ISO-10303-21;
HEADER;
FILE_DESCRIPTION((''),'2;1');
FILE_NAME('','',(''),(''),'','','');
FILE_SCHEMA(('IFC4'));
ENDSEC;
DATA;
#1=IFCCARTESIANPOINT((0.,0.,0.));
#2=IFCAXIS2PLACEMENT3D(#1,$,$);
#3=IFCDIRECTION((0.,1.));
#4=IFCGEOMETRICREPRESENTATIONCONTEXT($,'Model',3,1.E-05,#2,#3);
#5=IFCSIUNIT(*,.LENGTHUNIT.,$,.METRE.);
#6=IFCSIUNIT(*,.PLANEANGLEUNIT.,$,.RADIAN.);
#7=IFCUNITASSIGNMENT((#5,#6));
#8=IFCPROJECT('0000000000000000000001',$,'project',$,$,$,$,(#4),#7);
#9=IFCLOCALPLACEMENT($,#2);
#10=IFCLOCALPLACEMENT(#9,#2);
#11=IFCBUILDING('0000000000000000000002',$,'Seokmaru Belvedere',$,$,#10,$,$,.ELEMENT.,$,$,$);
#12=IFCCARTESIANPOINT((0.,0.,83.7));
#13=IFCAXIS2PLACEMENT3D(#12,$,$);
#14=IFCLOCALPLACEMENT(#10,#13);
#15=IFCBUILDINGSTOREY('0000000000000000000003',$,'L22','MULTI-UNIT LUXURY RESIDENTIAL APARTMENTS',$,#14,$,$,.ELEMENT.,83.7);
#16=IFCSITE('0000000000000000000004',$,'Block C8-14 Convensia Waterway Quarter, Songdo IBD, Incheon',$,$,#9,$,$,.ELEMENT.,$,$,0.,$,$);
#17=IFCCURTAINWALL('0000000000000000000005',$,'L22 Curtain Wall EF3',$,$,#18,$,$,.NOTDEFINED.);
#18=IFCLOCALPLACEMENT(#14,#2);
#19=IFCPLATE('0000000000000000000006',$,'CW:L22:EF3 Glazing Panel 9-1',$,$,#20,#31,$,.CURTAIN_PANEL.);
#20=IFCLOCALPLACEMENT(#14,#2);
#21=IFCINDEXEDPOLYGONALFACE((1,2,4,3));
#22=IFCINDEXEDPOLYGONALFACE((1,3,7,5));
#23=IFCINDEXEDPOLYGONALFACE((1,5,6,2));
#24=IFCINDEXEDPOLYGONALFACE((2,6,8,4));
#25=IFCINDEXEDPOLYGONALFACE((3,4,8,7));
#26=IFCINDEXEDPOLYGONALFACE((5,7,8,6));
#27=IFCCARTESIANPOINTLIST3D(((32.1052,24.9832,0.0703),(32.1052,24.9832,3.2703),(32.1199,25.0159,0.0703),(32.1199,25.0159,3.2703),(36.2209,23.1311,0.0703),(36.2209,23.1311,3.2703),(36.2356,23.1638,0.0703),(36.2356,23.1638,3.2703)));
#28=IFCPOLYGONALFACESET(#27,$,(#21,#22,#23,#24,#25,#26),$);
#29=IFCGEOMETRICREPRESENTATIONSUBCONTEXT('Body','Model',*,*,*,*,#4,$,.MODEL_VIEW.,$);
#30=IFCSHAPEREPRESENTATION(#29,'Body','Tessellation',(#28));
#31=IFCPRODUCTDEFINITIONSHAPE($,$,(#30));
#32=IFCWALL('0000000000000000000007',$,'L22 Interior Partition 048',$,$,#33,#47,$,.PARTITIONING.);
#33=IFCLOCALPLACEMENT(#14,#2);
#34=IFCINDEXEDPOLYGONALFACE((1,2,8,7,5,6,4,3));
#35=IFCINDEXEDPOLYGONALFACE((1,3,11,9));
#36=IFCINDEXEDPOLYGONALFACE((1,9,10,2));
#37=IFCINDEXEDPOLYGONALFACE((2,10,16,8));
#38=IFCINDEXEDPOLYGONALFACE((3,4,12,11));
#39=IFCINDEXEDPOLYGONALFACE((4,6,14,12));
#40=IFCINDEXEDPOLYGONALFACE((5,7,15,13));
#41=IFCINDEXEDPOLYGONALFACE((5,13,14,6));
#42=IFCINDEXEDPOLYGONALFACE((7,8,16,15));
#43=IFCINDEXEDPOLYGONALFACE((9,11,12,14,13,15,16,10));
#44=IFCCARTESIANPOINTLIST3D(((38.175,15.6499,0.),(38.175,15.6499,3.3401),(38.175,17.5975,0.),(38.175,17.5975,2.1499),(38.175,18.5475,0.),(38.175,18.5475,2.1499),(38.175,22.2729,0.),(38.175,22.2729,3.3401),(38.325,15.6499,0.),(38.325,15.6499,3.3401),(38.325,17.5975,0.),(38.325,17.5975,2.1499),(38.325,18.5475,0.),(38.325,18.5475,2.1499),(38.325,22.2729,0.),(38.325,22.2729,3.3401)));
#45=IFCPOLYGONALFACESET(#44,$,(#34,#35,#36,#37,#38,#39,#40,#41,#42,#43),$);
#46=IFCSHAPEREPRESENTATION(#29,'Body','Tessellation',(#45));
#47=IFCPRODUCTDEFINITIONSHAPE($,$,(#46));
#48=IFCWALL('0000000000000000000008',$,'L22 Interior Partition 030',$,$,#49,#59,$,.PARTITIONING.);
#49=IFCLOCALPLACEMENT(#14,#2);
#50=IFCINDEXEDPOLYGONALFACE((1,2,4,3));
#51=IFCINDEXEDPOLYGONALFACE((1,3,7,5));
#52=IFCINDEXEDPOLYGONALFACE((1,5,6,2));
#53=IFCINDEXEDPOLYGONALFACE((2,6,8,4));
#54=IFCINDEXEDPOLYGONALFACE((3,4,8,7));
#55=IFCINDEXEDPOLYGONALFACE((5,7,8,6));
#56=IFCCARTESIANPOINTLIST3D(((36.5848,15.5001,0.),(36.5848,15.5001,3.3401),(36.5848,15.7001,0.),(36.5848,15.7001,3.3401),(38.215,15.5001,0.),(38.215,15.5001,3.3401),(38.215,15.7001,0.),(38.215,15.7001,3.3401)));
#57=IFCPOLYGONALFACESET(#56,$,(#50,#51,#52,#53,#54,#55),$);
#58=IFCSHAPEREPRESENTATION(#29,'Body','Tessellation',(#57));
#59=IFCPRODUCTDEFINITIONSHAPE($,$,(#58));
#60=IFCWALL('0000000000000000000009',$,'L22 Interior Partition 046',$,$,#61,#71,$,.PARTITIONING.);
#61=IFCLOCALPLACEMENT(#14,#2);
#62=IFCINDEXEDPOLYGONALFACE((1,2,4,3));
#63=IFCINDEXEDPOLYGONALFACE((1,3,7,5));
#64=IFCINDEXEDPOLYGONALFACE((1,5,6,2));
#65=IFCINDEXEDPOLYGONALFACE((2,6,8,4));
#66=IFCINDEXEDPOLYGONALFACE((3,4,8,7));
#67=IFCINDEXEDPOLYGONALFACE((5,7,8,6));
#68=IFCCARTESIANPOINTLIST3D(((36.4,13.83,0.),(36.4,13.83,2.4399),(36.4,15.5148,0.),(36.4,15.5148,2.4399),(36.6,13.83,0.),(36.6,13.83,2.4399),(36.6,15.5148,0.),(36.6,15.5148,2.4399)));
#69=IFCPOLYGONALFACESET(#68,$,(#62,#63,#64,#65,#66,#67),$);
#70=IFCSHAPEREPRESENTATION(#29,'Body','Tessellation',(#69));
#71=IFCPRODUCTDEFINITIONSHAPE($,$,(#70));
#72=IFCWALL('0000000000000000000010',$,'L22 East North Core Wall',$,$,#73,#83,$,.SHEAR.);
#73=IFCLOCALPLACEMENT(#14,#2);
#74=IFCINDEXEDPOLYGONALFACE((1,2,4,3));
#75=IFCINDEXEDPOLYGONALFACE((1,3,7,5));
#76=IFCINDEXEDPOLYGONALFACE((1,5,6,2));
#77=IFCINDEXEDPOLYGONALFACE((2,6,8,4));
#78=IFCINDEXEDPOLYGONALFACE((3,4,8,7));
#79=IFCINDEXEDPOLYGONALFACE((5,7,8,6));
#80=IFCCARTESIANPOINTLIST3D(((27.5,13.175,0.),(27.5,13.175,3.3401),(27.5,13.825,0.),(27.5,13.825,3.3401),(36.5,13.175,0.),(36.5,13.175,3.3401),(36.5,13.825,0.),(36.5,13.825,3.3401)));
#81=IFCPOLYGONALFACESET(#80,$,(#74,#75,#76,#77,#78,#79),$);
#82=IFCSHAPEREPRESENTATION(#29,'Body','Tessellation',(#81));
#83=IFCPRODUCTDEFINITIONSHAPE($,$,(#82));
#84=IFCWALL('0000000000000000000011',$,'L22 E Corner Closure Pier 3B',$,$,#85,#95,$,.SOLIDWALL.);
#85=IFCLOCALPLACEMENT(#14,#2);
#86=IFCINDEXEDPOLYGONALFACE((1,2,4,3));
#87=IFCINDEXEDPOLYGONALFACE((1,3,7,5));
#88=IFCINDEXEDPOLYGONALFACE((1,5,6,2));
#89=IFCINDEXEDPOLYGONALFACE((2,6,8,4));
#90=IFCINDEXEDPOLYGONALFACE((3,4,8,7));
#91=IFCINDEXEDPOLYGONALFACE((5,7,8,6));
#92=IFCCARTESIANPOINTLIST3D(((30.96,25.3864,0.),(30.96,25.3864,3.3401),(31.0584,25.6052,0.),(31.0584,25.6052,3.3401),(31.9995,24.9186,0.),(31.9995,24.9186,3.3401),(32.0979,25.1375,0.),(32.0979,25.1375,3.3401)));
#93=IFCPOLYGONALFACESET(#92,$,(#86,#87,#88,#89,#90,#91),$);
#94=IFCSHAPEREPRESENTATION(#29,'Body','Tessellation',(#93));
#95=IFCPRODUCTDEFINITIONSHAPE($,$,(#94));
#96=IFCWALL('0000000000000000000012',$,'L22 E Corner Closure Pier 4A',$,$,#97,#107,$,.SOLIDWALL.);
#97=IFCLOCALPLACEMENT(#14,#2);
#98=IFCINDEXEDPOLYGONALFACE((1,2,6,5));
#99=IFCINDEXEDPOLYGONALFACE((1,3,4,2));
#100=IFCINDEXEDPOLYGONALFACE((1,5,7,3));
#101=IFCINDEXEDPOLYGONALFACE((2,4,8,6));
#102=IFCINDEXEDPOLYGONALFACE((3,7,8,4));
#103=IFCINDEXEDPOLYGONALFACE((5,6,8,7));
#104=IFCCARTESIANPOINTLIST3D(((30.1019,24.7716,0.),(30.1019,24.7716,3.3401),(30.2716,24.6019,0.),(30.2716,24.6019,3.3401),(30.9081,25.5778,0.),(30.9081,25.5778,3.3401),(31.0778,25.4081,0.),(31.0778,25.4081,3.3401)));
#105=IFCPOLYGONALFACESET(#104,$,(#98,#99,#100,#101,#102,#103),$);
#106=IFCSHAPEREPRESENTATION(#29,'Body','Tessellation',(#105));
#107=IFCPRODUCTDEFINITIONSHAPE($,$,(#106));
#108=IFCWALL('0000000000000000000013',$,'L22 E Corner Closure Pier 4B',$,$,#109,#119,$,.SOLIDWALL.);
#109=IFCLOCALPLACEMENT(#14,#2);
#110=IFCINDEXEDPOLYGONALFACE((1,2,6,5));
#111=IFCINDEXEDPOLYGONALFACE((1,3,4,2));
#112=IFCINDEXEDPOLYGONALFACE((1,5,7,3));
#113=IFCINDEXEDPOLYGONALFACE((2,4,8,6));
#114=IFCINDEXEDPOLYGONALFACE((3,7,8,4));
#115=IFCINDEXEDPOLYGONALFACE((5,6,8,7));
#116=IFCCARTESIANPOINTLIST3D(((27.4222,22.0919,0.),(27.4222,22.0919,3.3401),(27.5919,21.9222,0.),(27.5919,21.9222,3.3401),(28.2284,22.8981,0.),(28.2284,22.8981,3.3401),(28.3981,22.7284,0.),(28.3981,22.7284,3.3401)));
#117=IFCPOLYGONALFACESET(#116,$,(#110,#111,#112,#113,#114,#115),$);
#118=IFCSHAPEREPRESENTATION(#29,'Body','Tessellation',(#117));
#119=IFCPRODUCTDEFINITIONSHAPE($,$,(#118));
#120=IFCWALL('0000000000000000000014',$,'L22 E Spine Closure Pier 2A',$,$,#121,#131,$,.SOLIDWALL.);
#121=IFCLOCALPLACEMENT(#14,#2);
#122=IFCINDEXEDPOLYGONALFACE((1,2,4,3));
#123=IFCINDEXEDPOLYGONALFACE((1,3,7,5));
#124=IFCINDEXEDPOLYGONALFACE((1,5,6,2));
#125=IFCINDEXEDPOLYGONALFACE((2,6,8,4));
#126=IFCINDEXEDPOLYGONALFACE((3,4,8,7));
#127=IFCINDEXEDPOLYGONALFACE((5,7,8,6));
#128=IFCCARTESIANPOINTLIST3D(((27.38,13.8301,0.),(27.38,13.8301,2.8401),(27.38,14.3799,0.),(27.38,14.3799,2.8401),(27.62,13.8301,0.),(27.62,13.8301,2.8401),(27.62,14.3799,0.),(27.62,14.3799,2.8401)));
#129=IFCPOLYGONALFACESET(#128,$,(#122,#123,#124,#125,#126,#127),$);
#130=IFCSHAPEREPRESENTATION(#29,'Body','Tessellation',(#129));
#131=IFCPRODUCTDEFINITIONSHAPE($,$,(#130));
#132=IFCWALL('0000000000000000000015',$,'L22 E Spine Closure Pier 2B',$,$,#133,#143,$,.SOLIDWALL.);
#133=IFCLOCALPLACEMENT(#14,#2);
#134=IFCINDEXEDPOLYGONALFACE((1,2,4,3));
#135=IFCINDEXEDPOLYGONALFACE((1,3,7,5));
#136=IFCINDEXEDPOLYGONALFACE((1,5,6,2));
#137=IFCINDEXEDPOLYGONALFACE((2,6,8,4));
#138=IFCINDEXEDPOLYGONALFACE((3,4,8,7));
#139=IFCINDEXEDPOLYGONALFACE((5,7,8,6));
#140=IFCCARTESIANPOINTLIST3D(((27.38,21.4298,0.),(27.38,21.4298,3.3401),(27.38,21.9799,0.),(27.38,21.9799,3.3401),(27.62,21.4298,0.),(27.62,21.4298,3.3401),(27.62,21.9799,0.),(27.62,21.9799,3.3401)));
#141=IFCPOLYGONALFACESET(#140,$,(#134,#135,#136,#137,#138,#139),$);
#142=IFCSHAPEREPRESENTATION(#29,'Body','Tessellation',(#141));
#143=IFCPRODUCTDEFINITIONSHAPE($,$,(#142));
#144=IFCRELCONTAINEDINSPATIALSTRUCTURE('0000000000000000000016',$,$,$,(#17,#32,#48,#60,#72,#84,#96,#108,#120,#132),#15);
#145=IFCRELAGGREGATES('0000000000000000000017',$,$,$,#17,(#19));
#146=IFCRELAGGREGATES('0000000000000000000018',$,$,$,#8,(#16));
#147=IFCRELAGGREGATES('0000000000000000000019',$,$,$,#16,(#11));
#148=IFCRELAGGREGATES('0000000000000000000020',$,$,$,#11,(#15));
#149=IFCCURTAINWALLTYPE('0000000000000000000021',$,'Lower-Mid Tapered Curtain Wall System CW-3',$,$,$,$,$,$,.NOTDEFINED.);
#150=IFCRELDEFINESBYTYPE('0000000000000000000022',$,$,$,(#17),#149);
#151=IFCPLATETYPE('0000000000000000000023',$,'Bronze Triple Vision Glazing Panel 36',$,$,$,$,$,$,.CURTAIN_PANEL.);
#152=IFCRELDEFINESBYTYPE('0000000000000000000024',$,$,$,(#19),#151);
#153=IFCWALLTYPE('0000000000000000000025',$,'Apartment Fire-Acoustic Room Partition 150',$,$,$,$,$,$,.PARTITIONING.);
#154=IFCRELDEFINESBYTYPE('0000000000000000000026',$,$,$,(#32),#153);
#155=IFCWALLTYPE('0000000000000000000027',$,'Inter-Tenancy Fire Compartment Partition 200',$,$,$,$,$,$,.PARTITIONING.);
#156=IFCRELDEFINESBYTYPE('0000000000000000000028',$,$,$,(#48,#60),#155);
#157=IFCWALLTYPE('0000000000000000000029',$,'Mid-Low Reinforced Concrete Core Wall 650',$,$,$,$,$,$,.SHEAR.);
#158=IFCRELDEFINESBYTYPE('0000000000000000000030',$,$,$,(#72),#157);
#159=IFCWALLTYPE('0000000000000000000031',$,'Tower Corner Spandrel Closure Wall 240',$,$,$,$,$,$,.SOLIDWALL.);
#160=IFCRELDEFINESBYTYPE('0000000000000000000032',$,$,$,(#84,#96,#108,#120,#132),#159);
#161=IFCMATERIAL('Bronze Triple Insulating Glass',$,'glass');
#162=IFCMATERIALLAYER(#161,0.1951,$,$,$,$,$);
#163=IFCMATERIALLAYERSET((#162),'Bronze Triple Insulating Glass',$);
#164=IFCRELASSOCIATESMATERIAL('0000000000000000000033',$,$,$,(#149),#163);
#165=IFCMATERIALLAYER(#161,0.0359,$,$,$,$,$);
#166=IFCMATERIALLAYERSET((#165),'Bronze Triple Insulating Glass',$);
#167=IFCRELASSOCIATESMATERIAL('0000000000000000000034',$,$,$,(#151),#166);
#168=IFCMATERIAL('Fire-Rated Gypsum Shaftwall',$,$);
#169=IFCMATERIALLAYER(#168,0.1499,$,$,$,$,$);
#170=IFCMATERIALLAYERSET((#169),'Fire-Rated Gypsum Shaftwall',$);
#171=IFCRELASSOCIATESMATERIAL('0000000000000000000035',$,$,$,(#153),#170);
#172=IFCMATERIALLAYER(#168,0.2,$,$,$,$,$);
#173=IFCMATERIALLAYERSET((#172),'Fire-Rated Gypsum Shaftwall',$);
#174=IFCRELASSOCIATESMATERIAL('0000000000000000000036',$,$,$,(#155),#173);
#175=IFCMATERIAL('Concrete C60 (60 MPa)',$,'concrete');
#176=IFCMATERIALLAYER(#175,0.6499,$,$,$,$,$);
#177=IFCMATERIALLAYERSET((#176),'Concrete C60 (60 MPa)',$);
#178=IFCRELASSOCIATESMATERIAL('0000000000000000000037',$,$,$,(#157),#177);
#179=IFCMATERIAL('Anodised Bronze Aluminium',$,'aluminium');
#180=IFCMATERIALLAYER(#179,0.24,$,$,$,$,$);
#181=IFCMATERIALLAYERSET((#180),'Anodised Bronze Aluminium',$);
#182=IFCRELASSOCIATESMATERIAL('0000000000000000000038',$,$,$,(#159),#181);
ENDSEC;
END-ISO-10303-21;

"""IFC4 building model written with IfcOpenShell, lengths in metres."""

from ifc_helpers import new_model, si_unit, direction, frame, frame_2d, origin, origin_2d, place, context, subcontext, project, spatial, rectangle, extrude, source, transform, mapped, material, layer, layer_set, type_object, element, aggregate, save


model = new_model("IFC4")

# Units and contexts
model_context = context("Model", 3, precision=1e-05, world=origin(), true_north=direction((0.0, 1.0)))
body_context = subcontext(model_context, "Body", "Model", "MODEL_VIEW")
ifc_project = project(units=[si_unit("LENGTHUNIT", "METRE"), si_unit("PLANEANGLEUNIT", "RADIAN")], contexts=[model_context])

# Site, building, storey
site_placement = place(None, origin())
site = spatial("IfcSite", under=ifc_project, at=site_placement, Name="Block C8-14 Convensia Waterway Quarter, Songdo IBD, Incheon", CompositionType="ELEMENT", RefElevation=0.0)
building_placement = place(site_placement, origin())
building = spatial("IfcBuilding", under=site, at=building_placement, Name="Seokmaru Belvedere", CompositionType="ELEMENT")
storey_placement = place(building_placement, frame((0.0, 0.0, 83.7)))
storey = spatial("IfcBuildingStorey", under=building, at=storey_placement, Name="L22", Description="MULTI-UNIT LUXURY RESIDENTIAL APARTMENTS", CompositionType="ELEMENT", Elevation=83.7)

# Shared definitions
ifc_material_1 = material(Name="Bronze Triple Insulating Glass", Category="glass")
ifc_layer_1 = layer(ifc_material_1, 0.1951)
ifc_layer_set_1 = layer_set([ifc_layer_1], Name="Bronze Triple Insulating Glass")
curtain_wall_type = type_object("IfcCurtainWallType", Name="Lower-Mid Tapered Curtain Wall System CW-3", PredefinedType="NOTDEFINED", material=ifc_layer_set_1)
ifc_material_2 = material(Name="Anodised Bronze Aluminium", Category="aluminium")

# Curtain wall
curtain_wall_1_placement = place(storey_placement, origin())
curtain_wall_1 = element("IfcCurtainWall", 1, at=curtain_wall_1_placement, inside=storey, type_object=curtain_wall_type, Name="L22 Curtain Wall EF3", PredefinedType="NOTDEFINED")

# Plate
ifc_layer_2 = layer(ifc_material_1, 0.0359)
ifc_layer_set_2 = layer_set([ifc_layer_2], Name="Bronze Triple Insulating Glass")
plate_type = type_object("IfcPlateType", Name="Bronze Triple Vision Glazing Panel 36", PredefinedType="CURTAIN_PANEL", material=ifc_layer_set_2)
shared_shape_1 = source(origin(), body_context, "Body", "SweptSolid", [
    extrude(rectangle(XDim=4.5132, YDim=0.0359, at=origin_2d()), origin(), (0.0, 0.0, 1.0), 3.2),
])
plate_1_placement = place(storey_placement, frame((34.1704, 24.0735, 0.0703), z_axis=(0.0, 0.0, 1.0), x_axis=(-0.911921, 0.410366, 0.0)))
plate_1 = element("IfcPlate", 2, at=plate_1_placement, type_object=plate_type, Name="CW:L22:EF3 Glazing Panel 9-1", PredefinedType="CURTAIN_PANEL", context=body_context, shape_type="MappedRepresentation", body=[
    mapped(shared_shape_1, transform((0.0, 0.0, 0.0), scale=1.0)),
])
aggregate(curtain_wall_1, [plate_1])

# Wall, opening
ifc_material_3 = material(Name="Fire-Rated Gypsum Shaftwall")
ifc_layer_3 = layer(ifc_material_3, 0.1499)
ifc_layer_set_3 = layer_set([ifc_layer_3], Name="Fire-Rated Gypsum Shaftwall")
wall_type_1 = type_object("IfcWallType", Name="Apartment Fire-Acoustic Room Partition 150", PredefinedType="PARTITIONING", material=ifc_layer_set_3)
wall_1_placement = place(storey_placement, frame((38.25, 15.6499, 0.0), z_axis=(0.0, 0.0, 1.0), x_axis=(0.0, 1.0, 0.0)))
wall_1 = element("IfcWall", 3, at=wall_1_placement, inside=storey, type_object=wall_type_1, Name="L22 Interior Partition 048", PredefinedType="PARTITIONING", context=body_context, shape_type="SweptSolid", body=[
    extrude(rectangle(XDim=6.623, YDim=0.1499, at=frame_2d((3.3115, 0.0))), origin(), (0.0, 0.0, 1.0), 3.3401),
])
opening_1_placement = place(wall_1_placement, frame((1.9475, 0.0, 0.0)))
element("IfcOpeningElement", 4, at=opening_1_placement, cuts=wall_1, PredefinedType="OPENING", context=body_context, shape_type="SweptSolid", body=[
    extrude(rectangle(XDim=0.95, YDim=2.1499, at=frame_2d((0.4751, 1.075))), frame((0.0, 0.085, 0.0), z_axis=(0.0, -1.0, 0.0), x_axis=(1.0, 0.0, 0.0)), (0.0, 0.0, 1.0), 0.1699),
])

# Walls
ifc_layer_4 = layer(ifc_material_3, 0.2)
ifc_layer_set_4 = layer_set([ifc_layer_4], Name="Fire-Rated Gypsum Shaftwall")
wall_type_2 = type_object("IfcWallType", Name="Inter-Tenancy Fire Compartment Partition 200", PredefinedType="PARTITIONING", material=ifc_layer_set_4)
wall_2_placement = place(storey_placement, frame((36.585, 15.6001, 0.0), z_axis=(0.0, 0.0, 1.0), x_axis=(1.0, 0.0, 0.0)))
element("IfcWall", 5, at=wall_2_placement, inside=storey, type_object=wall_type_2, Name="L22 Interior Partition 030", PredefinedType="PARTITIONING", context=body_context, shape_type="SweptSolid", body=[
    extrude(rectangle(XDim=1.6301, YDim=0.2, at=frame_2d((0.8149, 0.0))), origin(), (0.0, 0.0, 1.0), 3.3401),
])
wall_3_placement = place(storey_placement, frame((36.5, 13.8301, 0.0), z_axis=(0.0, 0.0, 1.0), x_axis=(0.0, 1.0, 0.0)))
element("IfcWall", 6, at=wall_3_placement, inside=storey, type_object=wall_type_2, Name="L22 Interior Partition 046", PredefinedType="PARTITIONING", context=body_context, shape_type="SweptSolid", body=[
    extrude(rectangle(XDim=1.6848, YDim=0.2, at=frame_2d((0.8423, 0.0))), origin(), (0.0, 0.0, 1.0), 2.4399),
])
ifc_material_4 = material(Name="Concrete C60 (60 MPa)", Category="concrete")
ifc_layer_5 = layer(ifc_material_4, 0.6499)
ifc_layer_set_5 = layer_set([ifc_layer_5], Name="Concrete C60 (60 MPa)")
wall_type_3 = type_object("IfcWallType", Name="Mid-Low Reinforced Concrete Core Wall 650", PredefinedType="SHEAR", material=ifc_layer_set_5)
wall_4_placement = place(storey_placement, frame((27.5, 13.5, 0.0), z_axis=(0.0, 0.0, 1.0), x_axis=(1.0, 0.0, 0.0)))
element("IfcWall", 7, at=wall_4_placement, inside=storey, type_object=wall_type_3, Name="L22 East North Core Wall", PredefinedType="SHEAR", context=body_context, shape_type="SweptSolid", body=[
    extrude(rectangle(XDim=9.0, YDim=0.6499, at=frame_2d((4.5, 0.0))), origin(), (0.0, 0.0, 1.0), 3.3401),
])
ifc_layer_6 = layer(ifc_material_2, 0.24)
ifc_layer_set_6 = layer_set([ifc_layer_6], Name="Anodised Bronze Aluminium")
wall_type_4 = type_object("IfcWallType", Name="Tower Corner Spandrel Closure Wall 240", PredefinedType="SOLIDWALL", material=ifc_layer_set_6)
wall_5_placement = place(storey_placement, frame((32.0486, 25.0281, 0.0), z_axis=(0.0, 0.0, 1.0), x_axis=(-0.91193, 0.410347, 0.0)))
element("IfcWall", 8, at=wall_5_placement, inside=storey, type_object=wall_type_4, Name="L22 E Corner Closure Pier 3B", PredefinedType="SOLIDWALL", context=body_context, shape_type="SweptSolid", body=[
    extrude(rectangle(XDim=1.1399, YDim=0.24, at=frame_2d((0.5698, 0.0))), origin(), (0.0, 0.0, 1.0), 3.3401),
])
for number, where, z_axis, x_axis, name in (
    (9, (30.9929, 25.4929, 0.0), (0.0, 0.0, 1.0), (-0.707107, -0.707107, 0.0), "L22 E Corner Closure Pier 4A"),
    (10, (28.3132, 22.8132, 0.0), (0.0, 0.0, 1.0), (-0.707107, -0.707107, 0.0), "L22 E Corner Closure Pier 4B"),
):
    element("IfcWall", number, at=place(storey_placement, frame(where, z_axis=z_axis, x_axis=x_axis)), inside=storey, type_object=wall_type_4, Name=name, PredefinedType="SOLIDWALL", context=body_context, shape_type="SweptSolid", body=[
        extrude(rectangle(XDim=1.1401, YDim=0.24, at=frame_2d((0.5701, 0.0))), origin(), (0.0, 0.0, 1.0), 3.3401),
    ])
wall_6_placement = place(storey_placement, frame((27.5, 13.8301, 0.0), z_axis=(0.0, 0.0, 1.0), x_axis=(0.0, 1.0, 0.0)))
element("IfcWall", 11, at=wall_6_placement, inside=storey, type_object=wall_type_4, Name="L22 E Spine Closure Pier 2A", PredefinedType="SOLIDWALL", context=body_context, shape_type="SweptSolid", body=[
    extrude(rectangle(XDim=0.5498, YDim=0.24, at=frame_2d((0.2749, 0.0))), origin(), (0.0, 0.0, 1.0), 2.8401),
])
wall_7_placement = place(storey_placement, frame((27.5, 21.4299, 0.0), z_axis=(0.0, 0.0, 1.0), x_axis=(0.0, 1.0, 0.0)))
element("IfcWall", 12, at=wall_7_placement, inside=storey, type_object=wall_type_4, Name="L22 E Spine Closure Pier 2B", PredefinedType="SOLIDWALL", context=body_context, shape_type="SweptSolid", body=[
    extrude(rectangle(XDim=0.55, YDim=0.24, at=frame_2d((0.2749, 0.0))), origin(), (0.0, 0.0, 1.0), 3.3401),
])

save(model, "model.ifc")
